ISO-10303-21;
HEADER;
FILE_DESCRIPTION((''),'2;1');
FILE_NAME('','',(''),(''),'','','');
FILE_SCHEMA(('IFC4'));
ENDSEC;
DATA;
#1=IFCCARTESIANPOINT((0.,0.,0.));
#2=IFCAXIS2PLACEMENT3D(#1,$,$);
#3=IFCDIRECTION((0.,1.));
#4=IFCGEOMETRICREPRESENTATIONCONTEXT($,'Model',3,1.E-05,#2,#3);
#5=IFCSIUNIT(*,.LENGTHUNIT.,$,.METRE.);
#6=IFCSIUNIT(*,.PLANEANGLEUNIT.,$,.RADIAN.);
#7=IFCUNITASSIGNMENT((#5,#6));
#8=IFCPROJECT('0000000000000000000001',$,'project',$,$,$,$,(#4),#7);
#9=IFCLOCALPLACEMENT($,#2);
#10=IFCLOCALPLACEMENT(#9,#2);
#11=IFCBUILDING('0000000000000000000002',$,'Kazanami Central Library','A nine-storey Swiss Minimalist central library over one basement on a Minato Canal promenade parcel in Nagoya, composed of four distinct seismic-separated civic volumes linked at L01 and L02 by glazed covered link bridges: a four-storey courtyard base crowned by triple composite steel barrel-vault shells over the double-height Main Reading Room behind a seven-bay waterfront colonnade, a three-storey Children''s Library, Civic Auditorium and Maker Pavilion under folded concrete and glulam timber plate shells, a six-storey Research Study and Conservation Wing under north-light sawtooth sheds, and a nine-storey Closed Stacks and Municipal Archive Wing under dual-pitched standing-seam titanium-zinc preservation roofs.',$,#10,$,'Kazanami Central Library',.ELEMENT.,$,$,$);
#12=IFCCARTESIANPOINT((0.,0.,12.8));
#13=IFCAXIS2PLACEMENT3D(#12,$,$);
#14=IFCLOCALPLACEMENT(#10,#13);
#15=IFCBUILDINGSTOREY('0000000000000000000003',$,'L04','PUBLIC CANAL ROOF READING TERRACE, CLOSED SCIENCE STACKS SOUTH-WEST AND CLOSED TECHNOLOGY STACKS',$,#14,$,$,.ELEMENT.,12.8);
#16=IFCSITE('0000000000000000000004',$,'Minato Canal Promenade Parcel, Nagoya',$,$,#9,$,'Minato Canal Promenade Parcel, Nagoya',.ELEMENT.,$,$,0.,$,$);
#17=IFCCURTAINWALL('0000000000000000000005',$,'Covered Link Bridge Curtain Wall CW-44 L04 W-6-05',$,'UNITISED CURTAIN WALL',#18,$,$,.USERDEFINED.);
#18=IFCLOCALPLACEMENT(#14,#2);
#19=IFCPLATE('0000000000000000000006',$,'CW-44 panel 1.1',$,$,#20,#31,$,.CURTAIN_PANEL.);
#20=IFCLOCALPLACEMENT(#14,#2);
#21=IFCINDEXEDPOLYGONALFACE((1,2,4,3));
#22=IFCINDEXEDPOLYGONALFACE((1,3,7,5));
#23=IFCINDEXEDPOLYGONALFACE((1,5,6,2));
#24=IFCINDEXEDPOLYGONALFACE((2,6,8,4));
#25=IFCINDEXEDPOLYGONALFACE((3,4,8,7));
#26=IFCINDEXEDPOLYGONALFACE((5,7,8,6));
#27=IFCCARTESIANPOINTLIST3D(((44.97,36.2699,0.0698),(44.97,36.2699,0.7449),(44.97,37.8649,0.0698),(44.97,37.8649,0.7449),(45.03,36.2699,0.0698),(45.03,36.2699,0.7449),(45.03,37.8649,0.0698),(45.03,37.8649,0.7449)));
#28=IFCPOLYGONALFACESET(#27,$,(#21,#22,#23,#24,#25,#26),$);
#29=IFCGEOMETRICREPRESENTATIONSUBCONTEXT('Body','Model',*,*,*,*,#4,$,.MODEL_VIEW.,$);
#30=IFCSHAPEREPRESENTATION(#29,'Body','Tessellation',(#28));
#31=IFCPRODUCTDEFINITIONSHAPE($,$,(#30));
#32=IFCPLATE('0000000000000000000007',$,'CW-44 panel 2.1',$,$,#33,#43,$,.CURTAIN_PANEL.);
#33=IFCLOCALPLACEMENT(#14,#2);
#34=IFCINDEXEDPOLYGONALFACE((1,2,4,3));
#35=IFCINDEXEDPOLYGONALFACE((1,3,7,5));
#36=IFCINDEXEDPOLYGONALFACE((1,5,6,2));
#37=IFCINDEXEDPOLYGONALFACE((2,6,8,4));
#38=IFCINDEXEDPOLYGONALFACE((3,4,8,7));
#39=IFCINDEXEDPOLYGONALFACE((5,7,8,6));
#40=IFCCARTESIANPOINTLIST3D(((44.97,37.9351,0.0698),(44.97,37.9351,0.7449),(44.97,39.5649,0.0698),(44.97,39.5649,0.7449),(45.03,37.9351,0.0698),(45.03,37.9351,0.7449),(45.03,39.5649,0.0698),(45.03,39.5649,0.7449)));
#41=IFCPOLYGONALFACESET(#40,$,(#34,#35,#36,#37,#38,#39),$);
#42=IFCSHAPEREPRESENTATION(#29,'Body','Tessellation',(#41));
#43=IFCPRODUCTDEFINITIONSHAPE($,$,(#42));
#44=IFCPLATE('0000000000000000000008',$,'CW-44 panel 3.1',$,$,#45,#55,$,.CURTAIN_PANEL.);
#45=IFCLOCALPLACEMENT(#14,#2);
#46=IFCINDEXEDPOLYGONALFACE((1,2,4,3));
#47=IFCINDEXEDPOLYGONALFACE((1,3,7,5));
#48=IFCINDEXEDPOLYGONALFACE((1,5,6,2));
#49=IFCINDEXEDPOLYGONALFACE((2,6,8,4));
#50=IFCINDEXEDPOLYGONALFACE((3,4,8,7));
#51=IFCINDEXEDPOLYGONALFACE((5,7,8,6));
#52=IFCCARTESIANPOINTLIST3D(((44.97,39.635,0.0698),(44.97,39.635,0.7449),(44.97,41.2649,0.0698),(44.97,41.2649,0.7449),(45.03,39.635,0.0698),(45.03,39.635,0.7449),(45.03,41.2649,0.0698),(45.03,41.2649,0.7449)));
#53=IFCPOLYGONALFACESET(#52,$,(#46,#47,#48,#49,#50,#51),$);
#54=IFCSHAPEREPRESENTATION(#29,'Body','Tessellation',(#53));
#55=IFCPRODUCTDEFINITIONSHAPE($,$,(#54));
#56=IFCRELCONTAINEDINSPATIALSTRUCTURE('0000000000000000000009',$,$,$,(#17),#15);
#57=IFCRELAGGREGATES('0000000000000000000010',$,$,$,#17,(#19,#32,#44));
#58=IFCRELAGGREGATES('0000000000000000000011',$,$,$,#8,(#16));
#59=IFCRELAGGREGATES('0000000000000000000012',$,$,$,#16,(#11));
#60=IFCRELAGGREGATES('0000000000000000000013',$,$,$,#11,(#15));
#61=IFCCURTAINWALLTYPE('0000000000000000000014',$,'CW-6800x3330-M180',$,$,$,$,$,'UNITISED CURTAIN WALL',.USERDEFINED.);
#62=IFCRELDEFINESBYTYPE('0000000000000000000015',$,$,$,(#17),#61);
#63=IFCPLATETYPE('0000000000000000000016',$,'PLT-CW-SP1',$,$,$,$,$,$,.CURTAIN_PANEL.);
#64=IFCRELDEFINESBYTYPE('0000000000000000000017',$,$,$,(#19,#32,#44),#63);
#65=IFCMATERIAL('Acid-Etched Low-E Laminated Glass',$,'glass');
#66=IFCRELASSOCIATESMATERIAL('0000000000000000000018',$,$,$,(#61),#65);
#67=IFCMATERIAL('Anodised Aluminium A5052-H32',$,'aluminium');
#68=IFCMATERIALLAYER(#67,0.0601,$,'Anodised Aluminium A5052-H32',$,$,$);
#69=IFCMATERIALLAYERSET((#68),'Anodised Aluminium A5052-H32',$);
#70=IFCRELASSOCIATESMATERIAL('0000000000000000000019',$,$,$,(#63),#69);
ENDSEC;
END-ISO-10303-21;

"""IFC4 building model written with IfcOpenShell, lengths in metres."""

from ifc_helpers import new_model, si_unit, direction, frame, origin, origin_2d, place, context, subcontext, project, spatial, rectangle, extrude, material, layer, layer_set, type_object, element, aggregate, save


model = new_model("IFC4")

# Units and contexts
model_context = context("Model", 3, precision=1e-05, world=origin(), true_north=direction((0.0, 1.0)))
body_context = subcontext(model_context, "Body", "Model", "MODEL_VIEW")
ifc_project = project(units=[si_unit("LENGTHUNIT", "METRE"), si_unit("PLANEANGLEUNIT", "RADIAN")], contexts=[model_context])

# Site, building, storey
site_placement = place(None, origin())
site = spatial("IfcSite", under=ifc_project, at=site_placement, Name="Minato Canal Promenade Parcel, Nagoya", LongName="Minato Canal Promenade Parcel, Nagoya", CompositionType="ELEMENT", RefElevation=0.0)
building_placement = place(site_placement, origin())
building = spatial("IfcBuilding", under=site, at=building_placement, Name="Kazanami Central Library", Description="A nine-storey Swiss Minimalist central library over one basement on a Minato Canal promenade parcel in Nagoya, composed of four distinct seismic-separated civic volumes linked at L01 and L02 by glazed covered link bridges: a four-storey courtyard base crowned by triple composite steel barrel-vault shells over the double-height Main Reading Room behind a seven-bay waterfront colonnade, a three-storey Children's Library, Civic Auditorium and Maker Pavilion under folded concrete and glulam timber plate shells, a six-storey Research Study and Conservation Wing under north-light sawtooth sheds, and a nine-storey Closed Stacks and Municipal Archive Wing under dual-pitched standing-seam titanium-zinc preservation roofs.", LongName="Kazanami Central Library", CompositionType="ELEMENT")
storey_placement = place(building_placement, frame((0.0, 0.0, 12.8)))
storey = spatial("IfcBuildingStorey", under=building, at=storey_placement, Name="L04", Description="PUBLIC CANAL ROOF READING TERRACE, CLOSED SCIENCE STACKS SOUTH-WEST AND CLOSED TECHNOLOGY STACKS", CompositionType="ELEMENT", Elevation=12.8)

# Curtain wall, plates
ifc_material_1 = material(Name="Acid-Etched Low-E Laminated Glass", Category="glass")
curtain_wall_type = type_object("IfcCurtainWallType", Name="CW-6800x3330-M180", ElementType="UNITISED CURTAIN WALL", PredefinedType="USERDEFINED", material=ifc_material_1)
curtain_wall_placement = place(storey_placement, origin())
curtain_wall = element("IfcCurtainWall", 1, at=curtain_wall_placement, inside=storey, type_object=curtain_wall_type, Name="Covered Link Bridge Curtain Wall CW-44 L04 W-6-05", ObjectType="UNITISED CURTAIN WALL", PredefinedType="USERDEFINED")
ifc_material_2 = material(Name="Anodised Aluminium A5052-H32", Category="aluminium")
ifc_layer_1 = layer(ifc_material_2, 0.0601, Name="Anodised Aluminium A5052-H32")
ifc_layer_set_1 = layer_set([ifc_layer_1], Name="Anodised Aluminium A5052-H32")
plate_type_1 = type_object("IfcPlateType", Name="PLT-CW-SP1", PredefinedType="CURTAIN_PANEL", material=ifc_layer_set_1)
plate_1_placement = place(storey_placement, frame((45.0, 37.0674, 0.0698), z_axis=(0.0, 0.0, 1.0), x_axis=(0.0, 1.0, 0.0)))
plate_1 = element("IfcPlate", 2, at=plate_1_placement, type_object=plate_type_1, Name="CW-44 panel 1.1", PredefinedType="CURTAIN_PANEL", context=body_context, shape_type="SweptSolid", body=[
    extrude(rectangle(XDim=1.595, YDim=0.0601, at=origin_2d()), origin(), (0.0, 0.0, 1.0), 0.675),
])
plate_2_placement = place(storey_placement, frame((45.0, 38.75, 0.0698), z_axis=(0.0, 0.0, 1.0), x_axis=(0.0, 1.0, 0.0)))
plate_2 = element("IfcPlate", 3, at=plate_2_placement, type_object=plate_type_1, Name="CW-44 panel 2.1", PredefinedType="CURTAIN_PANEL", context=body_context, shape_type="SweptSolid", body=[
    extrude(rectangle(XDim=1.6299, YDim=0.0601, at=origin_2d()), origin(), (0.0, 0.0, 1.0), 0.675),
])
plate_3_placement = place(storey_placement, frame((45.0, 40.45, 0.0698), z_axis=(0.0, 0.0, 1.0), x_axis=(0.0, 1.0, 0.0)))
plate_3 = element("IfcPlate", 4, at=plate_3_placement, type_object=plate_type_1, Name="CW-44 panel 3.1", PredefinedType="CURTAIN_PANEL", context=body_context, shape_type="SweptSolid", body=[
    extrude(rectangle(XDim=1.6299, YDim=0.0601, at=origin_2d()), origin(), (0.0, 0.0, 1.0), 0.675),
])
aggregate(curtain_wall, [plate_1, plate_2, plate_3])

save(model, "model.ifc")
